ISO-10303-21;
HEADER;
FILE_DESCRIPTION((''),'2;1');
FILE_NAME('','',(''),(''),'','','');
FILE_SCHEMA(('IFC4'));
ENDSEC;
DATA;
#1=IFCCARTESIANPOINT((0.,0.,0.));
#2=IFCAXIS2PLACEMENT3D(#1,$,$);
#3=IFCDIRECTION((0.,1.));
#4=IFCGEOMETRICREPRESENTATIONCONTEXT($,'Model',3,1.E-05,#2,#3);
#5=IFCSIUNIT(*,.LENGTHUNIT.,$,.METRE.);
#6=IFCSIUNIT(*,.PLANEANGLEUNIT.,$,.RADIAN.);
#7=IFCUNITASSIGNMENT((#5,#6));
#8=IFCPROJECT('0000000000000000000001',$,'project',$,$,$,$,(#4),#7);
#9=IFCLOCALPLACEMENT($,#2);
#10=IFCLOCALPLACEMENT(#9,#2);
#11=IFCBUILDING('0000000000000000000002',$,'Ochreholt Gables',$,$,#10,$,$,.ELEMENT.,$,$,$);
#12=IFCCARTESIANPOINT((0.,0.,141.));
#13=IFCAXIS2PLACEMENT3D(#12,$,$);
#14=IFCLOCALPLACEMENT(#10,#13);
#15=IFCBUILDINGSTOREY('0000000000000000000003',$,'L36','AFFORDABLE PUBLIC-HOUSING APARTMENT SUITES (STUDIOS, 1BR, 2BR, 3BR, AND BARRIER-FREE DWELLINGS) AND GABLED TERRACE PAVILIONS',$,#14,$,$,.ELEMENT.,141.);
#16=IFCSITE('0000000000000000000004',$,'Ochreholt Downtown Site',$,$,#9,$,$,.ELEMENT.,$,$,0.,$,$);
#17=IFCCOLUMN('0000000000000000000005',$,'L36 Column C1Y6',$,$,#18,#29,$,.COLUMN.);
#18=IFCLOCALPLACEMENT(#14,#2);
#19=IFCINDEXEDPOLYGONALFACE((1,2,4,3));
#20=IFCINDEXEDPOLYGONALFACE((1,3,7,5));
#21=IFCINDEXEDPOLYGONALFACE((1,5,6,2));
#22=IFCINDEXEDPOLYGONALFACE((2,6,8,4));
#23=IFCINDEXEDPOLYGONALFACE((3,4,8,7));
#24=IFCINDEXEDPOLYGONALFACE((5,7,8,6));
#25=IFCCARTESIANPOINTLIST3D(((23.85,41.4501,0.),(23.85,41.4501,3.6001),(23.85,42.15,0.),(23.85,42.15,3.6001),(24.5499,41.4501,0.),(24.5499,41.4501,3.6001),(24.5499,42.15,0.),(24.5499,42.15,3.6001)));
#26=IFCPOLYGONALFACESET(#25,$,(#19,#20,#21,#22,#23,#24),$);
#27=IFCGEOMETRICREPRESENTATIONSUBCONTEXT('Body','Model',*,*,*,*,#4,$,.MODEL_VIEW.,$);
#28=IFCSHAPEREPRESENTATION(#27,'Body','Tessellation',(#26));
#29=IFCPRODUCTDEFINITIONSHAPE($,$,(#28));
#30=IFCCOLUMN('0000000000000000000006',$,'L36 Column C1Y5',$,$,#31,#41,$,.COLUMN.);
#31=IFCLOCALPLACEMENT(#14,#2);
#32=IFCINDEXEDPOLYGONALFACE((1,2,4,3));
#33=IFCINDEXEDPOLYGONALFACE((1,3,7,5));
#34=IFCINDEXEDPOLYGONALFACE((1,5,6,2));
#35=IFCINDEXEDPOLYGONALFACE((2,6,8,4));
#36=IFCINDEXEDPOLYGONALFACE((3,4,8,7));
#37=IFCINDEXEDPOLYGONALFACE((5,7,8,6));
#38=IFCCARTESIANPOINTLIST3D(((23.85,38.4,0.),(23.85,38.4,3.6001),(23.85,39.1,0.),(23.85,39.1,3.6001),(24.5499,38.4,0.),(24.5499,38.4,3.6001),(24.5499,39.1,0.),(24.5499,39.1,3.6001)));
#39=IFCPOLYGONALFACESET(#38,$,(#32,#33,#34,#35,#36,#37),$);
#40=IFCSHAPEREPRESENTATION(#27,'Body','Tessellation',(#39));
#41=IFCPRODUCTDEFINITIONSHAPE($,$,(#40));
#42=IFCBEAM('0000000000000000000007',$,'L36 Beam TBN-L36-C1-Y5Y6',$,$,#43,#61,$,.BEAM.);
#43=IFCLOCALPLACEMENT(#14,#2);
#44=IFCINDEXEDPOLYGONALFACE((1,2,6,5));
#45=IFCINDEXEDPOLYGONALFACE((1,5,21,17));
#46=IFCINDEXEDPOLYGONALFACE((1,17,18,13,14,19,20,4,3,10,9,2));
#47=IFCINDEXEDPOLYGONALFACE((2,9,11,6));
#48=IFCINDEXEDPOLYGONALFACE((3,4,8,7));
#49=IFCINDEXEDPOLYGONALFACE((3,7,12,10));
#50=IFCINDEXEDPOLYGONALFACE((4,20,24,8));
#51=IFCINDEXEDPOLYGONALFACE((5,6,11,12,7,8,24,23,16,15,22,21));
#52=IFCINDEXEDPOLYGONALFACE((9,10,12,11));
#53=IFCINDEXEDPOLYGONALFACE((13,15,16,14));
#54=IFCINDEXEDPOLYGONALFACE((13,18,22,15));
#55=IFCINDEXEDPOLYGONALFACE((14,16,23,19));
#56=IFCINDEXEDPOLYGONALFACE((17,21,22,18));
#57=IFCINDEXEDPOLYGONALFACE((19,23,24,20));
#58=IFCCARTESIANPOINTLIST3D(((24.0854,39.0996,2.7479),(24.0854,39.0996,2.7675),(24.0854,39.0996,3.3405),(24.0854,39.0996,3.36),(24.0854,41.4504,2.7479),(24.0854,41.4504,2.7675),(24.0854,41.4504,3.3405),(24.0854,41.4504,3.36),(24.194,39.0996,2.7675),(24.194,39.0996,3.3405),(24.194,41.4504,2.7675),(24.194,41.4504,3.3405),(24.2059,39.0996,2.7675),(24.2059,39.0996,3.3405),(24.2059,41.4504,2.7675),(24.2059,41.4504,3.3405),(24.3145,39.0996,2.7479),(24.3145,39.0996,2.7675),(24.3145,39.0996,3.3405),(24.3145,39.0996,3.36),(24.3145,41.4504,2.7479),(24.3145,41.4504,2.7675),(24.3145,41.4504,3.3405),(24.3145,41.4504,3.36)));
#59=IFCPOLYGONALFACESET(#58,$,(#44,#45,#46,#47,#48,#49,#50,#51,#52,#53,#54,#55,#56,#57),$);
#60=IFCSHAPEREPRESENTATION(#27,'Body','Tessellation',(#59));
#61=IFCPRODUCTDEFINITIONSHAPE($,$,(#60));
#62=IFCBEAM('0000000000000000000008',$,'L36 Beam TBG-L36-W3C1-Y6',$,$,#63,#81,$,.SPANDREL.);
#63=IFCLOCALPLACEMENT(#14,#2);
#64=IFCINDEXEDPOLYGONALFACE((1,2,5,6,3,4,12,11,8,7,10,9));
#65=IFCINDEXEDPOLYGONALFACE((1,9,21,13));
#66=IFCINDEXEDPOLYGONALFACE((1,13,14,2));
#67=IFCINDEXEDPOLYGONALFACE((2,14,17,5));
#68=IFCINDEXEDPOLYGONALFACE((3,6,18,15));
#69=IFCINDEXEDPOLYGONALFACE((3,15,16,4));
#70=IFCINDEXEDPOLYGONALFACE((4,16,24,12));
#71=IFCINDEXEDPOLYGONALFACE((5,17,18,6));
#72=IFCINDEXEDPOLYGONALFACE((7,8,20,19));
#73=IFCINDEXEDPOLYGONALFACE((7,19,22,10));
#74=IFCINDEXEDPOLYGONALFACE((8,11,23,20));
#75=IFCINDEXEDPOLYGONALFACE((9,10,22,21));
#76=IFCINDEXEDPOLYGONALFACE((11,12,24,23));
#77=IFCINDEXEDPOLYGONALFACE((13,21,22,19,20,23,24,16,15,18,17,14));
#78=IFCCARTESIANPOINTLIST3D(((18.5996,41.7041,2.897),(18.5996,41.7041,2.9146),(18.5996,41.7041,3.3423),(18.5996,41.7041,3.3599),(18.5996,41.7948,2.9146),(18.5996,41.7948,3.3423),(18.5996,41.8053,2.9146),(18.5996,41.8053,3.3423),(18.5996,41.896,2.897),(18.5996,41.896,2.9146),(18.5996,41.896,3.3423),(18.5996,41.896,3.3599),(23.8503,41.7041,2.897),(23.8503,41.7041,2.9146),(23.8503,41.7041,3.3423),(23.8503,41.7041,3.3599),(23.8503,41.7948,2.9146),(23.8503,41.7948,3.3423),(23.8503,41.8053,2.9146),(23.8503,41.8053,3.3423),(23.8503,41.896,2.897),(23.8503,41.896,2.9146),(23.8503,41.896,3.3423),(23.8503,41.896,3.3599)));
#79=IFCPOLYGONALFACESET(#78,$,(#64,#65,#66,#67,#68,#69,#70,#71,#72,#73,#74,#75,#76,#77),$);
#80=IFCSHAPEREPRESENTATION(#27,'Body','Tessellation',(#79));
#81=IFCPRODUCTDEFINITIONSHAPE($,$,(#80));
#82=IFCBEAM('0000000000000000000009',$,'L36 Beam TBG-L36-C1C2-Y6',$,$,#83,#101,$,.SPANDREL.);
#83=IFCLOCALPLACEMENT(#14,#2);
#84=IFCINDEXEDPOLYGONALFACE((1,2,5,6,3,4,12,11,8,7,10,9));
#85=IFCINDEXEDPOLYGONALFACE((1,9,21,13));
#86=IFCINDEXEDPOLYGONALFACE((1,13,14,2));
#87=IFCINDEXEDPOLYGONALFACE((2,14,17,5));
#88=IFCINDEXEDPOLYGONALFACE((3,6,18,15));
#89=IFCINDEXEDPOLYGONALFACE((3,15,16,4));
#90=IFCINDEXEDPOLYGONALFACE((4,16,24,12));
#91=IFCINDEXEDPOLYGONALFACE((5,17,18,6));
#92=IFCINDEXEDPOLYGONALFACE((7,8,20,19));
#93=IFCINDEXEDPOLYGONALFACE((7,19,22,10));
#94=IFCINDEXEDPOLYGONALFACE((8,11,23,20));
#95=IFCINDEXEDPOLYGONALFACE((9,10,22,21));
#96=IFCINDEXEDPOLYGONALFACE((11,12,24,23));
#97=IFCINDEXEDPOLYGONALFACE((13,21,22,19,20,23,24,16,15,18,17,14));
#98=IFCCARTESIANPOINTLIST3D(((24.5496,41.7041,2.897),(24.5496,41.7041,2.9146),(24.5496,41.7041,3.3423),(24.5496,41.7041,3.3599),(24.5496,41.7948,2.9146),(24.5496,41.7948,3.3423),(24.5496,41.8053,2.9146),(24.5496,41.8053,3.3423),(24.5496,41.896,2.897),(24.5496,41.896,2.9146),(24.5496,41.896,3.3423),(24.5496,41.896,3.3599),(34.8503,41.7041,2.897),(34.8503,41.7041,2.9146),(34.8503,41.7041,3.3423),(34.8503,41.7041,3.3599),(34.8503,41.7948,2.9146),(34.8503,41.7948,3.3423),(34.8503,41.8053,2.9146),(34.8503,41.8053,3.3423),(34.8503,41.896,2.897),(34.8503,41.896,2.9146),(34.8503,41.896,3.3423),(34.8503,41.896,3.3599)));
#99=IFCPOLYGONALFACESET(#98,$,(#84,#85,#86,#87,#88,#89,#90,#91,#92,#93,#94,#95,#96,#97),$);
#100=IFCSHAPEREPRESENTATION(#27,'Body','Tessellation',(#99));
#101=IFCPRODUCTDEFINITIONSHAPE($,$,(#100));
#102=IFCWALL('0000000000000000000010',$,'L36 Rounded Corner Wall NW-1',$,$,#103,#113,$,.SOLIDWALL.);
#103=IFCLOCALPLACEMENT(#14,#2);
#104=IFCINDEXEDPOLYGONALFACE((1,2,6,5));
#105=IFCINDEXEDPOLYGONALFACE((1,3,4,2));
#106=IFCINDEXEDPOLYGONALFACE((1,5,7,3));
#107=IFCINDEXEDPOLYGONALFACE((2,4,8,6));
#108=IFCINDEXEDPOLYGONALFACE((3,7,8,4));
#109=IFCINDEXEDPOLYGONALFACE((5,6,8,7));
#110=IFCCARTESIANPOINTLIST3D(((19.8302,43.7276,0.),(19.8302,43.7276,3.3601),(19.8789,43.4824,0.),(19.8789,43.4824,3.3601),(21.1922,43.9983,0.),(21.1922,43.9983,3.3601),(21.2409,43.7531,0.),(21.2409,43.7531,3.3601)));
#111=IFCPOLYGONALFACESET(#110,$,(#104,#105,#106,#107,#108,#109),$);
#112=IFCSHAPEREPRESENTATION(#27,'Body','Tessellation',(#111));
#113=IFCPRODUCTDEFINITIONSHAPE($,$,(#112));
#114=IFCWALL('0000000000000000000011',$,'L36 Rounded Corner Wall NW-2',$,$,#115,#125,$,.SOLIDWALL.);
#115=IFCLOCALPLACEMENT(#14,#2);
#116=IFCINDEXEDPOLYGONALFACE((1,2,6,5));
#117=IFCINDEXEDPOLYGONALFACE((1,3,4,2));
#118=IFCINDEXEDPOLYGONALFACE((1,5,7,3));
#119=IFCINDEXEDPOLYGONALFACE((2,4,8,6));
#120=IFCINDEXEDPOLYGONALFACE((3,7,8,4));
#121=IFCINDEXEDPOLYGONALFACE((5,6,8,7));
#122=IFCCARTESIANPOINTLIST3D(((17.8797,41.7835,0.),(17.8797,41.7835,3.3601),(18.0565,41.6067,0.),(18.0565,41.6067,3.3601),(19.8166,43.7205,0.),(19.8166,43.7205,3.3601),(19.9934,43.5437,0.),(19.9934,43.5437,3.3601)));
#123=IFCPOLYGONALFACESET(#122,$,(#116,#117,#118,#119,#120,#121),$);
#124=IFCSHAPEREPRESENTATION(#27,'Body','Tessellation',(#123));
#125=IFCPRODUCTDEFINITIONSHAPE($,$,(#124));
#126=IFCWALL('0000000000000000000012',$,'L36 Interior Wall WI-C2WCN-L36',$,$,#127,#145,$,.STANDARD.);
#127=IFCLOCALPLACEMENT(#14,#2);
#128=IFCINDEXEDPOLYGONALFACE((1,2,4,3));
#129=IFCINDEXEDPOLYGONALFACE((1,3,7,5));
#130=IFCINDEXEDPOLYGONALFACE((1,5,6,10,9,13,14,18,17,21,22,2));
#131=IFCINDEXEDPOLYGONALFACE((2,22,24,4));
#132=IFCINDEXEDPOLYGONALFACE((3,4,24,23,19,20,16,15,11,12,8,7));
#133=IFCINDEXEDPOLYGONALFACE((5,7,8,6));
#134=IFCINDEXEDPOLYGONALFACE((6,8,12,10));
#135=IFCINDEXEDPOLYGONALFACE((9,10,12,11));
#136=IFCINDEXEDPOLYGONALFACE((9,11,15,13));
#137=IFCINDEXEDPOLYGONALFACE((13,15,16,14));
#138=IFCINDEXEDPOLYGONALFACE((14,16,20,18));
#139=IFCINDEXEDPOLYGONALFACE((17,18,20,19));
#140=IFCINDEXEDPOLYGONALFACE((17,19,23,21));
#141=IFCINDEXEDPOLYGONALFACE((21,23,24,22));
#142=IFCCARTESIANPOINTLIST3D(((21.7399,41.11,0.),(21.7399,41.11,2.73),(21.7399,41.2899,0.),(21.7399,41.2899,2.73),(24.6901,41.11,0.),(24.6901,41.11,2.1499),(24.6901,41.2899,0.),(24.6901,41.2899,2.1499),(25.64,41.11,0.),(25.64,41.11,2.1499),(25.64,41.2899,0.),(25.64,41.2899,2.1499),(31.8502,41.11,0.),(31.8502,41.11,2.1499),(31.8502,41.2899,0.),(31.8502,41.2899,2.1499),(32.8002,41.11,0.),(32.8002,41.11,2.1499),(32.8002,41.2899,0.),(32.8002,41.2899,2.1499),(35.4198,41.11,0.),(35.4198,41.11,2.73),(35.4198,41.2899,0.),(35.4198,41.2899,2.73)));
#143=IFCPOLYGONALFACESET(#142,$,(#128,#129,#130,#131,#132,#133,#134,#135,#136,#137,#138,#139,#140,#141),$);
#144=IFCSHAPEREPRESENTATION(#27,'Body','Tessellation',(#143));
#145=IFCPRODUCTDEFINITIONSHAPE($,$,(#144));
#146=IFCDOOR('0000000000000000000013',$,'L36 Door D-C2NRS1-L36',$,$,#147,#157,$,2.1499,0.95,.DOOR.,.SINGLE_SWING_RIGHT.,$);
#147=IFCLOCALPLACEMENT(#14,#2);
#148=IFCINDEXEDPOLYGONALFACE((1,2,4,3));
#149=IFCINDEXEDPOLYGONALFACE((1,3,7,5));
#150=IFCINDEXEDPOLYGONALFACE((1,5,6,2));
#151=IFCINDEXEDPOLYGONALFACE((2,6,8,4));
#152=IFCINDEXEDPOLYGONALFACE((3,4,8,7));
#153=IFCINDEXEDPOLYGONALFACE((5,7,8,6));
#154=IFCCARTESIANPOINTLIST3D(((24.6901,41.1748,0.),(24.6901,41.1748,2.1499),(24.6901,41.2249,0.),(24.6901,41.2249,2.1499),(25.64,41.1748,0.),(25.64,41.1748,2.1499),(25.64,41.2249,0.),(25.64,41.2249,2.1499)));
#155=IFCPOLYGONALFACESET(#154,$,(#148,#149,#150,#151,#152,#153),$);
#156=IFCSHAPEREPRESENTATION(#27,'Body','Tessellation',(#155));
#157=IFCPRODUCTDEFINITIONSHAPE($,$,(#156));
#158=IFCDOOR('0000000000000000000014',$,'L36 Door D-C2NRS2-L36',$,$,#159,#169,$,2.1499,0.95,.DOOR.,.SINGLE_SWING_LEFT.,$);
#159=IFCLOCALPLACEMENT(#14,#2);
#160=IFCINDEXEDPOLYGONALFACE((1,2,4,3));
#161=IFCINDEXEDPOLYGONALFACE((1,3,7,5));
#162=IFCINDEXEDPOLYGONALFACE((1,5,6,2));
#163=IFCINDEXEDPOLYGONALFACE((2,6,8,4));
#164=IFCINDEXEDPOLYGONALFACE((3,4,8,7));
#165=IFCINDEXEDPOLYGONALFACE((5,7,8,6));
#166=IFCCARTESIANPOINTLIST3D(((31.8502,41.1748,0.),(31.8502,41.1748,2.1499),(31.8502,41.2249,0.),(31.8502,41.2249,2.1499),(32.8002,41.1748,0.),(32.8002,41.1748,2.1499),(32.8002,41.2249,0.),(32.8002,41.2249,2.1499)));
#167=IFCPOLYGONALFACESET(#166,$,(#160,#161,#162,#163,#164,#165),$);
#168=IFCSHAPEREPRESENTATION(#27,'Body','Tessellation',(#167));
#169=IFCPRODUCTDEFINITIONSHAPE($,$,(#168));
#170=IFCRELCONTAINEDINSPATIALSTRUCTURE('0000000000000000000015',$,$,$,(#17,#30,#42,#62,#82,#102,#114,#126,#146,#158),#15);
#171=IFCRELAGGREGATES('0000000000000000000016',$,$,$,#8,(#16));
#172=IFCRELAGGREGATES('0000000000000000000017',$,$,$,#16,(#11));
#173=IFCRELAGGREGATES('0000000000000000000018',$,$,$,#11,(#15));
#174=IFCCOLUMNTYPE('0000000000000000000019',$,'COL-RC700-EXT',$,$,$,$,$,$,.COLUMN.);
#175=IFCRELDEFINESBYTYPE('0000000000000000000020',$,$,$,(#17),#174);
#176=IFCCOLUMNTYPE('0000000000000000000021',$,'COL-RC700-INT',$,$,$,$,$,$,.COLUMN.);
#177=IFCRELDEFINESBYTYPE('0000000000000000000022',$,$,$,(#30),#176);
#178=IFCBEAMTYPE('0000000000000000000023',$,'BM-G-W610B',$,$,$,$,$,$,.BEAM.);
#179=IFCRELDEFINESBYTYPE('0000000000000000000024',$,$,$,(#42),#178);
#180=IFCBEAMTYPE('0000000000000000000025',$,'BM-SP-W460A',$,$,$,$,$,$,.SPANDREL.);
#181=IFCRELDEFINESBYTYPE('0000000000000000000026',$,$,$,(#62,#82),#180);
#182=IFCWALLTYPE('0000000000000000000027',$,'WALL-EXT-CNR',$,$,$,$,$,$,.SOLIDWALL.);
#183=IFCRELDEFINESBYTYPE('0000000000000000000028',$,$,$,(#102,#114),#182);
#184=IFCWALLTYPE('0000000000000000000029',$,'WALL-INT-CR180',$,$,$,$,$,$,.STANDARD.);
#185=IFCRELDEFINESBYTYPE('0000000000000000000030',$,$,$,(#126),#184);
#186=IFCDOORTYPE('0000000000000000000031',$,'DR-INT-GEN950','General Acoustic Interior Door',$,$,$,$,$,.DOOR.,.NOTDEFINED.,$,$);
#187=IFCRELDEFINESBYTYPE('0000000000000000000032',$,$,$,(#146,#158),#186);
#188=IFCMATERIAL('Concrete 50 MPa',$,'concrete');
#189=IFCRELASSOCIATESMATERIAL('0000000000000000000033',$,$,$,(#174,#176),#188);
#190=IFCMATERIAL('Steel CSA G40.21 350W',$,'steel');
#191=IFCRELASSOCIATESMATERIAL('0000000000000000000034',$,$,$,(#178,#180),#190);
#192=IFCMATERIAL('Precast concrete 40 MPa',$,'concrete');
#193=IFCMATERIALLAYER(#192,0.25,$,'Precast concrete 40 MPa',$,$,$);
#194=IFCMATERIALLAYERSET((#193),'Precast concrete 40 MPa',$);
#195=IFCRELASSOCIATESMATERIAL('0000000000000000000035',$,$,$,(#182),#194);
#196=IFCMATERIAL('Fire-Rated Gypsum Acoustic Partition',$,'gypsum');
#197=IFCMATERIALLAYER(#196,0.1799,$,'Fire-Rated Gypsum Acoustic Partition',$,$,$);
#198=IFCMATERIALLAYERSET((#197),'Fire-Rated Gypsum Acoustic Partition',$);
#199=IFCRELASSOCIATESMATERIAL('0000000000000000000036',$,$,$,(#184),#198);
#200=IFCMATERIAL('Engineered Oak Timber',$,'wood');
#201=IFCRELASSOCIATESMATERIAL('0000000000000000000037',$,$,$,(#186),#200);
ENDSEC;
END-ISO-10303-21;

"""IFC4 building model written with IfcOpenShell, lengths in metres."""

from ifc_helpers import new_model, si_unit, direction, frame, frame_2d, origin, origin_2d, place, context, subcontext, project, spatial, rectangle, i_section, extrude, material, layer, layer_set, material_profile, profile_set, type_object, element, fill, save


model = new_model("IFC4")

# Units and contexts
model_context = context("Model", 3, precision=1e-05, world=origin(), true_north=direction((0.0, 1.0)))
body_context = subcontext(model_context, "Body", "Model", "MODEL_VIEW")
ifc_project = project(units=[si_unit("LENGTHUNIT", "METRE"), si_unit("PLANEANGLEUNIT", "RADIAN")], contexts=[model_context])

# Site, building, storey
site_placement = place(None, origin())
site = spatial("IfcSite", under=ifc_project, at=site_placement, Name="Ochreholt Downtown Site", CompositionType="ELEMENT", RefElevation=0.0)
building_placement = place(site_placement, origin())
building = spatial("IfcBuilding", under=site, at=building_placement, Name="Ochreholt Gables", CompositionType="ELEMENT")
storey_placement = place(building_placement, frame((0.0, 0.0, 141.0)))
storey = spatial("IfcBuildingStorey", under=building, at=storey_placement, Name="L36", Description="AFFORDABLE PUBLIC-HOUSING APARTMENT SUITES (STUDIOS, 1BR, 2BR, 3BR, AND BARRIER-FREE DWELLINGS) AND GABLED TERRACE PAVILIONS", CompositionType="ELEMENT", Elevation=141.0)

# Columns
ifc_material_1 = material(Name="Concrete 50 MPa", Category="concrete")
ifc_material_profile_1 = material_profile(ifc_material_1, rectangle(XDim=0.7, YDim=0.7, at=origin_2d()), Name="RC700X700")
ifc_profile_set_1 = profile_set([ifc_material_profile_1], Name="Concrete 50 MPa")
column_type_1 = type_object("IfcColumnType", Name="COL-RC700-EXT", PredefinedType="COLUMN", material=ifc_profile_set_1)
column_1_placement = place(storey_placement, frame((24.2, 41.8, 0.0), z_axis=(0.0, 0.0, 1.0), x_axis=(1.0, 0.0, 0.0)))
element("IfcColumn", 1, at=column_1_placement, inside=storey, type_object=column_type_1, Name="L36 Column C1Y6", PredefinedType="COLUMN", context=body_context, shape_type="SweptSolid", body=[
    extrude(rectangle(XDim=0.7, YDim=0.7, at=origin_2d()), origin(), (0.0, 0.0, 1.0), 3.6001),
])
ifc_material_profile_2 = material_profile(ifc_material_1, rectangle(XDim=0.7, YDim=0.7, at=origin_2d()), Name="RC700X700")
ifc_profile_set_2 = profile_set([ifc_material_profile_2], Name="Concrete 50 MPa")
column_type_2 = type_object("IfcColumnType", Name="COL-RC700-INT", PredefinedType="COLUMN", material=ifc_profile_set_2)
column_2_placement = place(storey_placement, frame((24.2, 38.75, 0.0), z_axis=(0.0, 0.0, 1.0), x_axis=(1.0, 0.0, 0.0)))
element("IfcColumn", 2, at=column_2_placement, inside=storey, type_object=column_type_2, Name="L36 Column C1Y5", PredefinedType="COLUMN", context=body_context, shape_type="SweptSolid", body=[
    extrude(rectangle(XDim=0.7, YDim=0.7, at=origin_2d()), origin(), (0.0, 0.0, 1.0), 3.6001),
])

# Beams
ifc_material_2 = material(Name="Steel CSA G40.21 350W", Category="steel")
ifc_material_profile_3 = material_profile(ifc_material_2, i_section(OverallWidth=0.229, OverallDepth=0.6121, WebThickness=0.012, FlangeThickness=0.0195, at=origin_2d()), Name="W610X125")
ifc_profile_set_3 = profile_set([ifc_material_profile_3], Name="Steel CSA G40.21 350W")
beam_type_1 = type_object("IfcBeamType", Name="BM-G-W610B", PredefinedType="BEAM", material=ifc_profile_set_3)
beam_1_placement = place(storey_placement, frame((24.2, 39.0996, 3.054), z_axis=(0.0, 1.0, 0.0), x_axis=(-1.0, 0.0, 0.0)))
element("IfcBeam", 3, at=beam_1_placement, inside=storey, type_object=beam_type_1, Name="L36 Beam TBN-L36-C1-Y5Y6", PredefinedType="BEAM", context=body_context, shape_type="SweptSolid", body=[
    extrude(i_section(OverallWidth=0.229, OverallDepth=0.6121, WebThickness=0.012, FlangeThickness=0.0195, at=origin_2d()), origin(), (0.0, 0.0, 1.0), 2.3508),
])
ifc_material_profile_4 = material_profile(ifc_material_2, i_section(OverallWidth=0.1919, OverallDepth=0.4629, WebThickness=0.0105, FlangeThickness=0.0176, at=origin_2d()), Name="W460X89")
ifc_profile_set_4 = profile_set([ifc_material_profile_4], Name="Steel CSA G40.21 350W")
beam_type_2 = type_object("IfcBeamType", Name="BM-SP-W460A", PredefinedType="SPANDREL", material=ifc_profile_set_4)
beam_2_placement = place(storey_placement, frame((18.5996, 41.8, 3.1284), z_axis=(1.0, 0.0, 0.0), x_axis=(0.0, 1.0, 0.0)))
element("IfcBeam", 4, at=beam_2_placement, inside=storey, type_object=beam_type_2, Name="L36 Beam TBG-L36-W3C1-Y6", PredefinedType="SPANDREL", context=body_context, shape_type="SweptSolid", body=[
    extrude(i_section(OverallWidth=0.1919, OverallDepth=0.4629, WebThickness=0.0105, FlangeThickness=0.0176, at=origin_2d()), origin(), (0.0, 0.0, 1.0), 5.2507),
])
beam_3_placement = place(storey_placement, frame((24.5496, 41.8, 3.1284), z_axis=(1.0, 0.0, 0.0), x_axis=(0.0, 1.0, 0.0)))
element("IfcBeam", 5, at=beam_3_placement, inside=storey, type_object=beam_type_2, Name="L36 Beam TBG-L36-C1C2-Y6", PredefinedType="SPANDREL", context=body_context, shape_type="SweptSolid", body=[
    extrude(i_section(OverallWidth=0.1919, OverallDepth=0.4629, WebThickness=0.0105, FlangeThickness=0.0176, at=origin_2d()), origin(), (0.0, 0.0, 1.0), 10.3008),
])

# Walls
ifc_material_3 = material(Name="Precast concrete 40 MPa", Category="concrete")
ifc_layer_1 = layer(ifc_material_3, 0.25, Name="Precast concrete 40 MPa")
ifc_layer_set_1 = layer_set([ifc_layer_1], Name="Precast concrete 40 MPa")
wall_type_1 = type_object("IfcWallType", Name="WALL-EXT-CNR", PredefinedType="SOLIDWALL", material=ifc_layer_set_1)
wall_1_placement = place(storey_placement, frame((21.2166, 43.8757, 0.0), z_axis=(0.0, 0.0, 1.0), x_axis=(-0.98081, -0.194967, 0.0)))
element("IfcWall", 6, at=wall_1_placement, inside=storey, type_object=wall_type_1, Name="L36 Rounded Corner Wall NW-1", PredefinedType="SOLIDWALL", context=body_context, shape_type="SweptSolid", body=[
    extrude(rectangle(XDim=1.3887, YDim=0.25, at=frame_2d((0.6943, 0.0))), origin(), (0.0, 0.0, 1.0), 3.3601),
])
wall_2_placement = place(storey_placement, frame((19.905, 43.6321, 0.0), z_axis=(0.0, 0.0, 1.0), x_axis=(-0.707107, -0.707107, 0.0)))
element("IfcWall", 7, at=wall_2_placement, inside=storey, type_object=wall_type_1, Name="L36 Rounded Corner Wall NW-2", PredefinedType="SOLIDWALL", context=body_context, shape_type="SweptSolid", body=[
    extrude(rectangle(XDim=2.7393, YDim=0.25, at=frame_2d((1.3696, 0.0))), origin(), (0.0, 0.0, 1.0), 3.3601),
])

# Wall, openings, doors
ifc_material_4 = material(Name="Fire-Rated Gypsum Acoustic Partition", Category="gypsum")
ifc_layer_2 = layer(ifc_material_4, 0.1799, Name="Fire-Rated Gypsum Acoustic Partition")
ifc_layer_set_2 = layer_set([ifc_layer_2], Name="Fire-Rated Gypsum Acoustic Partition")
wall_type_2 = type_object("IfcWallType", Name="WALL-INT-CR180", PredefinedType="STANDARD", material=ifc_layer_set_2)
wall_3_placement = place(storey_placement, frame((21.74, 41.2, 0.0), z_axis=(0.0, 0.0, 1.0), x_axis=(1.0, 0.0, 0.0)))
wall_3 = element("IfcWall", 8, at=wall_3_placement, inside=storey, type_object=wall_type_2, Name="L36 Interior Wall WI-C2WCN-L36", PredefinedType="STANDARD", context=body_context, shape_type="SweptSolid", body=[
    extrude(rectangle(XDim=13.6799, YDim=0.1799, at=frame_2d((6.8398, 0.0))), origin(), (0.0, 0.0, 1.0), 2.73),
])
opening_1_placement = place(wall_3_placement, frame((2.95, 0.0, 0.0)))
opening_1 = element("IfcOpeningElement", 9, at=opening_1_placement, cuts=wall_3, PredefinedType="OPENING", context=body_context, shape_type="SweptSolid", body=[
    extrude(rectangle(XDim=0.95, YDim=2.1499, at=frame_2d((0.4751, 1.075))), frame((0.0, 0.0999, 0.0), z_axis=(0.0, -1.0, 0.0), x_axis=(1.0, 0.0, 0.0)), (0.0, 0.0, 1.0), 0.2),
])
opening_2_placement = place(wall_3_placement, frame((10.1101, 0.0, 0.0)))
opening_2 = element("IfcOpeningElement", 10, at=opening_2_placement, cuts=wall_3, PredefinedType="OPENING", context=body_context, shape_type="SweptSolid", body=[
    extrude(rectangle(XDim=0.95, YDim=2.1499, at=frame_2d((0.4751, 1.075))), frame((0.0, 0.0999, 0.0), z_axis=(0.0, -1.0, 0.0), x_axis=(1.0, 0.0, 0.0)), (0.0, 0.0, 1.0), 0.2),
])
ifc_material_5 = material(Name="Engineered Oak Timber", Category="wood")
door_type_1 = type_object("IfcDoorType", Name="DR-INT-GEN950", Description="General Acoustic Interior Door", OperationType="NOTDEFINED", PredefinedType="DOOR", material=ifc_material_5)
door_1_placement = place(opening_1_placement, origin())
door_1 = element("IfcDoor", 11, at=door_1_placement, inside=storey, type_object=door_type_1, Name="L36 Door D-C2NRS1-L36", OperationType="SINGLE_SWING_RIGHT", OverallHeight=2.1499, OverallWidth=0.95, PredefinedType="DOOR", context=body_context, shape_type="SweptSolid", body=[
    extrude(rectangle(XDim=0.95, YDim=2.1499, at=frame_2d((0.4751, 1.075))), frame((0.0, 0.0249, 0.0), z_axis=(0.0, -1.0, 0.0), x_axis=(1.0, 0.0, 0.0)), (0.0, 0.0, 1.0), 0.05),
])
fill(opening_1, door_1)
door_2_placement = place(opening_2_placement, origin())
door_2 = element("IfcDoor", 12, at=door_2_placement, inside=storey, type_object=door_type_1, Name="L36 Door D-C2NRS2-L36", OperationType="SINGLE_SWING_LEFT", OverallHeight=2.1499, OverallWidth=0.95, PredefinedType="DOOR", context=body_context, shape_type="SweptSolid", body=[
    extrude(rectangle(XDim=0.95, YDim=2.1499, at=frame_2d((0.4751, 1.075))), frame((0.0, 0.0249, 0.0), z_axis=(0.0, -1.0, 0.0), x_axis=(1.0, 0.0, 0.0)), (0.0, 0.0, 1.0), 0.05),
])
fill(opening_2, door_2)

save(model, "model.ifc")
